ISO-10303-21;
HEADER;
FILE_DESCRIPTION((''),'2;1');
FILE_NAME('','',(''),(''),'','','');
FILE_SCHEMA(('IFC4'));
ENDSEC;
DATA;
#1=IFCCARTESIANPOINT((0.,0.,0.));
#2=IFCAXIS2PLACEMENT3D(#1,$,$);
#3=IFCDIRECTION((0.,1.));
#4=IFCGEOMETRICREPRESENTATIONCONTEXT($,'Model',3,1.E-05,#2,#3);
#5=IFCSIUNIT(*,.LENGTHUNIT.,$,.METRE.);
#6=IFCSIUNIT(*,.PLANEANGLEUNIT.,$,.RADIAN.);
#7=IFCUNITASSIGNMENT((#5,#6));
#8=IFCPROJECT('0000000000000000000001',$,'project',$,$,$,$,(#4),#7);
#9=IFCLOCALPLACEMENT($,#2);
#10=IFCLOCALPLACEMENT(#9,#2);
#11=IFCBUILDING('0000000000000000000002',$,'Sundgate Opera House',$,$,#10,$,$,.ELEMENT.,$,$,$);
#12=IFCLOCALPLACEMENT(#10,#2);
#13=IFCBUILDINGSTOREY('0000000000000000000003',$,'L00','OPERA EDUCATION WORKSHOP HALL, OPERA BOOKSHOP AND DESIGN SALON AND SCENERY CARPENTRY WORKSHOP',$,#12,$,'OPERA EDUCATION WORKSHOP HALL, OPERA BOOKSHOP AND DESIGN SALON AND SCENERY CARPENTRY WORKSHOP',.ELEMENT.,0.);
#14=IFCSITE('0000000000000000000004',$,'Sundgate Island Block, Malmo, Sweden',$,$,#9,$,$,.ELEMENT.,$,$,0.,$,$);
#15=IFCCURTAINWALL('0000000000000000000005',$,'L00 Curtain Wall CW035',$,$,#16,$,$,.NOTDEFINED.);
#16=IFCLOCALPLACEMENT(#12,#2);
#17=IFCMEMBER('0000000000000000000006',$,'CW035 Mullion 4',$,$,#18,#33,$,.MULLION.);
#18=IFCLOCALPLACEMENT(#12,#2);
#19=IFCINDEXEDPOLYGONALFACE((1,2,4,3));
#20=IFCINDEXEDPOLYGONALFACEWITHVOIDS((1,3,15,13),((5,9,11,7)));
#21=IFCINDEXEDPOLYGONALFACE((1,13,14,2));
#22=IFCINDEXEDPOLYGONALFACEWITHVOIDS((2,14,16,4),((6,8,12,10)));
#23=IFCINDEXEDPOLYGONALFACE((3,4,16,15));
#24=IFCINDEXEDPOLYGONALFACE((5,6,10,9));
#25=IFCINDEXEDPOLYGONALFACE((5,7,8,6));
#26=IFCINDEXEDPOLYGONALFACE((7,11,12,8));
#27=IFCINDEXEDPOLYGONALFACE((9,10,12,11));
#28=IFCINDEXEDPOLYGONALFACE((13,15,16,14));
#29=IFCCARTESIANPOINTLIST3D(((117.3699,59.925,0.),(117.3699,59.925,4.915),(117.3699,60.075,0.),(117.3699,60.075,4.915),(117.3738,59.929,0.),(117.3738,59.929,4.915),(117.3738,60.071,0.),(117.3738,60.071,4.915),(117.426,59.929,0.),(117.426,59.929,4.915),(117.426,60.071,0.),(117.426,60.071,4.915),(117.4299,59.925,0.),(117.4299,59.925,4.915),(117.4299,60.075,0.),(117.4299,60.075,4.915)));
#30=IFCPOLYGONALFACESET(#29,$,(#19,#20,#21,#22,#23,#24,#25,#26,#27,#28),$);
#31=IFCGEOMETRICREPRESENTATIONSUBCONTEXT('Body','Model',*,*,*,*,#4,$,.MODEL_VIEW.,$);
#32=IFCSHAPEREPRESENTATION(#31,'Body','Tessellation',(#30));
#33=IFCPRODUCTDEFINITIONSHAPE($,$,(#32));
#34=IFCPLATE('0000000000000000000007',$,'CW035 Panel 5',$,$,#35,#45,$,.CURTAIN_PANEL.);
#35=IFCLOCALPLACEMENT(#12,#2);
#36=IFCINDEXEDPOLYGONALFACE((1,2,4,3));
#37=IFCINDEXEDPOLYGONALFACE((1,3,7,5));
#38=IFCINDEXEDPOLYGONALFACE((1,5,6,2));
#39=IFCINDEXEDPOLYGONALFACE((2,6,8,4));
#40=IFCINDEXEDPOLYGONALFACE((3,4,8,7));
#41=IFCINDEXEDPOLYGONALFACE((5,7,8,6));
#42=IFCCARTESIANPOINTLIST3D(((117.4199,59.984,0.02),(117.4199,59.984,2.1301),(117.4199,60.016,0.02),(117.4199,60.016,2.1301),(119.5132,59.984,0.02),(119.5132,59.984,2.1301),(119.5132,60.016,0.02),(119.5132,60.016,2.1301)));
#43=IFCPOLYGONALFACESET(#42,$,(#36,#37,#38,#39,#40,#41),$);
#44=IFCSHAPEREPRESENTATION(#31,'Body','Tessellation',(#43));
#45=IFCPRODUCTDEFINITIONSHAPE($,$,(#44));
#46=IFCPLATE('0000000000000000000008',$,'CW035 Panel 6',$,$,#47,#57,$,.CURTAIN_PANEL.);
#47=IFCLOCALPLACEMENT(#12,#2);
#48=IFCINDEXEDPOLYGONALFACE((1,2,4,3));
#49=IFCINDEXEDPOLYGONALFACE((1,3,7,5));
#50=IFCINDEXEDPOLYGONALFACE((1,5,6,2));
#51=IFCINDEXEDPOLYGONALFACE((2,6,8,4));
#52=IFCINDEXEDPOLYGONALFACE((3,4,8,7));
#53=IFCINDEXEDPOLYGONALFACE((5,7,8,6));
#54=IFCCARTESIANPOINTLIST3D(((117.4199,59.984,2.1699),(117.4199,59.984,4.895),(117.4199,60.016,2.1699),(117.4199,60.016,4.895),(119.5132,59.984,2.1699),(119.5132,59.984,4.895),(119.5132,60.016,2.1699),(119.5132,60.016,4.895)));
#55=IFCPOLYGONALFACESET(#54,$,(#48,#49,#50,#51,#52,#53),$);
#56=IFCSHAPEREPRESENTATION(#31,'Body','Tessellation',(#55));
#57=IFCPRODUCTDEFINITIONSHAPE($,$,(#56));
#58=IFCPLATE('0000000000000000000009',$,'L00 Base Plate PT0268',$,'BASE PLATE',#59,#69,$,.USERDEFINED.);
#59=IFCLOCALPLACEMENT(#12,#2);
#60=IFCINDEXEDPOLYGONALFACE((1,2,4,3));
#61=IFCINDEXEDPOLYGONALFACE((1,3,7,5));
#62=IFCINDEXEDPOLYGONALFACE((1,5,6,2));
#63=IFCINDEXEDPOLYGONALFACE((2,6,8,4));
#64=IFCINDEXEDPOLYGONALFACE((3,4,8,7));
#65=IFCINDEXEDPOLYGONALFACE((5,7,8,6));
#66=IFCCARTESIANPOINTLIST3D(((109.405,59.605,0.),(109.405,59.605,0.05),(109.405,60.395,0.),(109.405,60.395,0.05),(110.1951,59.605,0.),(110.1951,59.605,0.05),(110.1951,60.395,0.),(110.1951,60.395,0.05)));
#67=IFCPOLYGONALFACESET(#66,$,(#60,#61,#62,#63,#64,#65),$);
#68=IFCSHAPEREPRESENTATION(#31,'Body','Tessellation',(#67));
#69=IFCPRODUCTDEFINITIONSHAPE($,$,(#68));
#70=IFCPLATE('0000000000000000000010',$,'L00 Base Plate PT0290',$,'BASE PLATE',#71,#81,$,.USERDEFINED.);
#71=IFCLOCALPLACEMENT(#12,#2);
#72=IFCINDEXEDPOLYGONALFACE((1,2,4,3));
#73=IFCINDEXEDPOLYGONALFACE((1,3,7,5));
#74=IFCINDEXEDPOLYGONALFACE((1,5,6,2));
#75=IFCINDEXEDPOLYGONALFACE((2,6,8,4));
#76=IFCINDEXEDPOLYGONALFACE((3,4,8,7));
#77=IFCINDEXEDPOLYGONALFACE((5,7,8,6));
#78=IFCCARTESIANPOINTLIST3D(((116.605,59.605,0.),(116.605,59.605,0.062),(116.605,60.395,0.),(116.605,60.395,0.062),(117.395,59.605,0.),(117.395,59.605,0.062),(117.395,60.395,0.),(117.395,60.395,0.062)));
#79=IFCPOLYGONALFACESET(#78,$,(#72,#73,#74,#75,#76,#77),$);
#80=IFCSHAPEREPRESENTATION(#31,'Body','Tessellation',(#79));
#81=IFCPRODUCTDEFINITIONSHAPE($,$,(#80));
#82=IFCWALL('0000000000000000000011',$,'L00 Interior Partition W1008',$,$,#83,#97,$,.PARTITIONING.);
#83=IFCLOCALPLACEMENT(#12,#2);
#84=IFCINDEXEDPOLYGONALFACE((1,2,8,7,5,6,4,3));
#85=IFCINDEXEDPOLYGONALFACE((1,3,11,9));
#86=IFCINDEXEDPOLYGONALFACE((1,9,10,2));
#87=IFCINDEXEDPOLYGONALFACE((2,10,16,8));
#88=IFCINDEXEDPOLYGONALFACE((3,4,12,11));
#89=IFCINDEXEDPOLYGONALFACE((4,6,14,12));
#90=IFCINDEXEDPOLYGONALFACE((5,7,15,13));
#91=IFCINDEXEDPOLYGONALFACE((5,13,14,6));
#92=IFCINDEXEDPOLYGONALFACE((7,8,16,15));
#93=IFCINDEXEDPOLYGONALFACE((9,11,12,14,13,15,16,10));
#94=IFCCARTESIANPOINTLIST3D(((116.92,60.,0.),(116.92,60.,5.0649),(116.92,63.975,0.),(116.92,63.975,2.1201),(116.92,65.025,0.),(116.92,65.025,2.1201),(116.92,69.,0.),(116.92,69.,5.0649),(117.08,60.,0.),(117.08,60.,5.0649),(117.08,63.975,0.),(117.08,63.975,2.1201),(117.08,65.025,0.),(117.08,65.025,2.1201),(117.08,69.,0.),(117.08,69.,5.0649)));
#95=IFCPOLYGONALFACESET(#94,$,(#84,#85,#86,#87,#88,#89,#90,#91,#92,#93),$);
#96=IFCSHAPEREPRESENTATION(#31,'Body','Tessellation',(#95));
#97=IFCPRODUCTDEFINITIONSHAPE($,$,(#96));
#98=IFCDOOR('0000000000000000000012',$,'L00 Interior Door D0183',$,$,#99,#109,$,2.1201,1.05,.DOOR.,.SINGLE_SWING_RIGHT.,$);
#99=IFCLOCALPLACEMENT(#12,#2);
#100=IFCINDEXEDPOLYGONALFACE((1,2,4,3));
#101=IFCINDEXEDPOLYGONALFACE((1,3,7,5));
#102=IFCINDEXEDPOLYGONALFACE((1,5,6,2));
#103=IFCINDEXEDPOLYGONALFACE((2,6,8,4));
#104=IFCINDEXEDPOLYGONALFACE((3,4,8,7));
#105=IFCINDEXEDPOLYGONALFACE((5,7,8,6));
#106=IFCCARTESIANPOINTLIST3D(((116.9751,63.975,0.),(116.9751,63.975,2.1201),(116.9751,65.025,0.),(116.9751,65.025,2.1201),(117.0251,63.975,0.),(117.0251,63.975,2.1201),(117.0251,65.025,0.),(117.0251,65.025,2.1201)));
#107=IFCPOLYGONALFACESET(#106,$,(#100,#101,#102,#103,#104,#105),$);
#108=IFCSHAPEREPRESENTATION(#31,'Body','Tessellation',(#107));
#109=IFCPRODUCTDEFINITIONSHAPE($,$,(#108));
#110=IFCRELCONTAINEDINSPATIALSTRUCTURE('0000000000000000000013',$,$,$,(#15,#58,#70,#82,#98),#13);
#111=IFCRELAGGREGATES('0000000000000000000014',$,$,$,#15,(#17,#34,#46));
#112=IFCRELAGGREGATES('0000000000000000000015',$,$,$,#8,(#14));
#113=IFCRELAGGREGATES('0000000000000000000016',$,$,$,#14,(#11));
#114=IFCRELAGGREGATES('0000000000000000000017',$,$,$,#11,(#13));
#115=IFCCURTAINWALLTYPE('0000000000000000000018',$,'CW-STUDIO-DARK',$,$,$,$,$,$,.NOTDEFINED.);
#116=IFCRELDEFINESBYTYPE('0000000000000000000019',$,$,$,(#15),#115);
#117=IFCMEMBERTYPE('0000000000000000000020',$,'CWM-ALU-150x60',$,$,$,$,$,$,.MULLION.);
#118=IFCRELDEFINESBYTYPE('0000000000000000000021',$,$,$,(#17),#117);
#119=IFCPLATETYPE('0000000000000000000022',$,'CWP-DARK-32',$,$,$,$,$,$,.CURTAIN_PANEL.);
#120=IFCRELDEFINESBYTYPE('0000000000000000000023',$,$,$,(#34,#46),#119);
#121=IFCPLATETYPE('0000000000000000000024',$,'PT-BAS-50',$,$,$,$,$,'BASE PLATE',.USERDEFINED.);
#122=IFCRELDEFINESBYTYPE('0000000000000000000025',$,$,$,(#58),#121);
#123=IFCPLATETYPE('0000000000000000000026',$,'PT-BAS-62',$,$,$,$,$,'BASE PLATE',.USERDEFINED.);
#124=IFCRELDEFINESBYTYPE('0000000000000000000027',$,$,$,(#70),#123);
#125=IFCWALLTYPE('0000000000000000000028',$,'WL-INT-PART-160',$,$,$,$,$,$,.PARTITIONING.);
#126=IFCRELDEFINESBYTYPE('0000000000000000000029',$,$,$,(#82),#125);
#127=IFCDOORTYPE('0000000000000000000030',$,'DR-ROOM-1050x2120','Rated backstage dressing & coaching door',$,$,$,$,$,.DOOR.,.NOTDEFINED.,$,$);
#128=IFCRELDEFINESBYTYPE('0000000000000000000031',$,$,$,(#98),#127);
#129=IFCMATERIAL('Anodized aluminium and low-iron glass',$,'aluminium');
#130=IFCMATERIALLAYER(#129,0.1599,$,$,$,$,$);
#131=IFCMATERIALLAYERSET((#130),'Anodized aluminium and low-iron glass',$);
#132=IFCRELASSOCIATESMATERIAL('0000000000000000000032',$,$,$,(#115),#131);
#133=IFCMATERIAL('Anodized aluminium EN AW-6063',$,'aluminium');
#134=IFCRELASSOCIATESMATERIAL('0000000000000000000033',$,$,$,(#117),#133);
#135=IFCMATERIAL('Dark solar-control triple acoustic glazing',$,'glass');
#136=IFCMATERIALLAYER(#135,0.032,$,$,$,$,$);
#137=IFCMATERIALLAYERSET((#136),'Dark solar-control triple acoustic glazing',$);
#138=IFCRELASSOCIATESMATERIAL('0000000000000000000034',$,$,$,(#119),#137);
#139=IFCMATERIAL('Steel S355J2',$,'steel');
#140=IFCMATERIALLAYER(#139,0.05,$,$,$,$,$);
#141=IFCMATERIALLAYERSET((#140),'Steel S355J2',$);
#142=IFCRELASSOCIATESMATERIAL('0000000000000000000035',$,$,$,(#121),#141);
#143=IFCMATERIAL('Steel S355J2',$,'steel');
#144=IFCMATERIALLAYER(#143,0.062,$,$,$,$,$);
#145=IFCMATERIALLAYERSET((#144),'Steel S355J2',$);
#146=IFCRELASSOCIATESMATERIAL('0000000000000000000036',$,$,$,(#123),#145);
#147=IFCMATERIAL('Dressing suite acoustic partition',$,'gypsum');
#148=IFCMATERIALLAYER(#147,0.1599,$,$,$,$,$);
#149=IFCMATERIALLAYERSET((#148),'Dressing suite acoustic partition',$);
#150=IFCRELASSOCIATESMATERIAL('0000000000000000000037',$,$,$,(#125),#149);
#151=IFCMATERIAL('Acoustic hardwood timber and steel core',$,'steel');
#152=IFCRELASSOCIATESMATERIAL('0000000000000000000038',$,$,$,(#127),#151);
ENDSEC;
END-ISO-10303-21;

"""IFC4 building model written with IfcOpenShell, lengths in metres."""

from ifc_helpers import new_model, si_unit, direction, frame, frame_2d, origin, origin_2d, place, context, subcontext, project, spatial, rectangle, hollow_rectangle, extrude, material, layer, layer_set, material_profile, profile_set, type_object, element, fill, aggregate, save


model = new_model("IFC4")

# Units and contexts
model_context = context("Model", 3, precision=1e-05, world=origin(), true_north=direction((0.0, 1.0)))
body_context = subcontext(model_context, "Body", "Model", "MODEL_VIEW")
ifc_project = project(units=[si_unit("LENGTHUNIT", "METRE"), si_unit("PLANEANGLEUNIT", "RADIAN")], contexts=[model_context])

# Site, building, storey
site_placement = place(None, origin())
site = spatial("IfcSite", under=ifc_project, at=site_placement, Name="Sundgate Island Block, Malmo, Sweden", CompositionType="ELEMENT", RefElevation=0.0)
building_placement = place(site_placement, origin())
building = spatial("IfcBuilding", under=site, at=building_placement, Name="Sundgate Opera House", CompositionType="ELEMENT")
storey_placement = place(building_placement, origin())
storey = spatial("IfcBuildingStorey", under=building, at=storey_placement, Name="L00", Description="OPERA EDUCATION WORKSHOP HALL, OPERA BOOKSHOP AND DESIGN SALON AND SCENERY CARPENTRY WORKSHOP", LongName="OPERA EDUCATION WORKSHOP HALL, OPERA BOOKSHOP AND DESIGN SALON AND SCENERY CARPENTRY WORKSHOP", CompositionType="ELEMENT", Elevation=0.0)

# Curtain wall, member, plates
ifc_material_1 = material(Name="Anodized aluminium and low-iron glass", Category="aluminium")
ifc_layer_1 = layer(ifc_material_1, 0.1599)
ifc_layer_set_1 = layer_set([ifc_layer_1], Name="Anodized aluminium and low-iron glass")
curtain_wall_type = type_object("IfcCurtainWallType", Name="CW-STUDIO-DARK", PredefinedType="NOTDEFINED", material=ifc_layer_set_1)
curtain_wall_placement = place(storey_placement, origin())
curtain_wall = element("IfcCurtainWall", 1, at=curtain_wall_placement, inside=storey, type_object=curtain_wall_type, Name="L00 Curtain Wall CW035", PredefinedType="NOTDEFINED")
ifc_material_2 = material(Name="Anodized aluminium EN AW-6063", Category="aluminium")
ifc_material_profile_1 = material_profile(ifc_material_2, hollow_rectangle(XDim=0.0601, YDim=0.1499, WallThickness=0.0039, at=origin_2d()), Name="CWM 150x60x4")
ifc_profile_set_1 = profile_set([ifc_material_profile_1], Name="Anodized aluminium EN AW-6063")
member_type = type_object("IfcMemberType", Name="CWM-ALU-150x60", PredefinedType="MULLION", material=ifc_profile_set_1)
member_placement = place(storey_placement, frame((117.3999, 60.0, 0.0), z_axis=(0.0, 0.0, 1.0), x_axis=(1.0, 0.0, 0.0)))
member = element("IfcMember", 2, at=member_placement, type_object=member_type, Name="CW035 Mullion 4", PredefinedType="MULLION", context=body_context, shape_type="SweptSolid", body=[
    extrude(hollow_rectangle(XDim=0.0601, YDim=0.1499, WallThickness=0.0039, at=origin_2d()), origin(), (0.0, 0.0, 1.0), 4.915),
])
ifc_material_3 = material(Name="Dark solar-control triple acoustic glazing", Category="glass")
ifc_layer_2 = layer(ifc_material_3, 0.032)
ifc_layer_set_2 = layer_set([ifc_layer_2], Name="Dark solar-control triple acoustic glazing")
plate_type_1 = type_object("IfcPlateType", Name="CWP-DARK-32", PredefinedType="CURTAIN_PANEL", material=ifc_layer_set_2)
plate_1_placement = place(storey_placement, frame((118.4666, 60.0, 0.02), z_axis=(0.0, 0.0, 1.0), x_axis=(-1.0, 0.0, 0.0)))
plate_1 = element("IfcPlate", 3, at=plate_1_placement, type_object=plate_type_1, Name="CW035 Panel 5", PredefinedType="CURTAIN_PANEL", context=body_context, shape_type="SweptSolid", body=[
    extrude(rectangle(XDim=2.0933, YDim=0.032, at=origin_2d()), origin(), (0.0, 0.0, 1.0), 2.1101),
])
plate_2_placement = place(storey_placement, frame((118.4666, 60.0, 2.1699), z_axis=(0.0, 0.0, 1.0), x_axis=(-1.0, 0.0, 0.0)))
plate_2 = element("IfcPlate", 4, at=plate_2_placement, type_object=plate_type_1, Name="CW035 Panel 6", PredefinedType="CURTAIN_PANEL", context=body_context, shape_type="SweptSolid", body=[
    extrude(rectangle(XDim=2.0933, YDim=0.032, at=origin_2d()), origin(), (0.0, 0.0, 1.0), 2.7251),
])
aggregate(curtain_wall, [member, plate_1, plate_2])

# Plates
ifc_material_4 = material(Name="Steel S355J2", Category="steel")
ifc_layer_3 = layer(ifc_material_4, 0.05)
ifc_layer_set_3 = layer_set([ifc_layer_3], Name="Steel S355J2")
plate_type_2 = type_object("IfcPlateType", Name="PT-BAS-50", ElementType="BASE PLATE", PredefinedType="USERDEFINED", material=ifc_layer_set_3)
plate_3_placement = place(storey_placement, frame((109.8, 60.0, 0.0), z_axis=(0.0, 0.0, 1.0), x_axis=(1.0, 0.0, 0.0)))
element("IfcPlate", 5, at=plate_3_placement, inside=storey, type_object=plate_type_2, Name="L00 Base Plate PT0268", ObjectType="BASE PLATE", PredefinedType="USERDEFINED", context=body_context, shape_type="SweptSolid", body=[
    extrude(rectangle(XDim=0.79, YDim=0.79, at=origin_2d()), origin(), (0.0, 0.0, 1.0), 0.05),
])
ifc_material_5 = material(Name="Steel S355J2", Category="steel")
ifc_layer_4 = layer(ifc_material_5, 0.062)
ifc_layer_set_4 = layer_set([ifc_layer_4], Name="Steel S355J2")
plate_type_3 = type_object("IfcPlateType", Name="PT-BAS-62", ElementType="BASE PLATE", PredefinedType="USERDEFINED", material=ifc_layer_set_4)
plate_4_placement = place(storey_placement, frame((117.0, 60.0, 0.0), z_axis=(0.0, 0.0, 1.0), x_axis=(1.0, 0.0, 0.0)))
element("IfcPlate", 6, at=plate_4_placement, inside=storey, type_object=plate_type_3, Name="L00 Base Plate PT0290", ObjectType="BASE PLATE", PredefinedType="USERDEFINED", context=body_context, shape_type="SweptSolid", body=[
    extrude(rectangle(XDim=0.79, YDim=0.79, at=origin_2d()), origin(), (0.0, 0.0, 1.0), 0.062),
])

# Wall, opening, door
ifc_material_6 = material(Name="Dressing suite acoustic partition", Category="gypsum")
ifc_layer_5 = layer(ifc_material_6, 0.1599)
ifc_layer_set_5 = layer_set([ifc_layer_5], Name="Dressing suite acoustic partition")
wall_type = type_object("IfcWallType", Name="WL-INT-PART-160", PredefinedType="PARTITIONING", material=ifc_layer_set_5)
wall_placement = place(storey_placement, frame((117.0, 60.0, 0.0), z_axis=(0.0, 0.0, 1.0), x_axis=(0.0, 1.0, 0.0)))
wall = element("IfcWall", 7, at=wall_placement, inside=storey, type_object=wall_type, Name="L00 Interior Partition W1008", PredefinedType="PARTITIONING", context=body_context, shape_type="SweptSolid", body=[
    extrude(rectangle(XDim=9.0, YDim=0.1599, at=frame_2d((4.5, 0.0))), origin(), (0.0, 0.0, 1.0), 5.0649),
])
opening_placement = place(wall_placement, frame((3.9751, 0.0, 0.0)))
opening = element("IfcOpeningElement", 8, at=opening_placement, cuts=wall, PredefinedType="OPENING", context=body_context, shape_type="SweptSolid", body=[
    extrude(rectangle(XDim=1.05, YDim=2.1201, at=frame_2d((0.5249, 1.0601))), frame((0.0, 0.0898, 0.0), z_axis=(0.0, -1.0, 0.0), x_axis=(1.0, 0.0, 0.0)), (0.0, 0.0, 1.0), 0.1799),
])
ifc_material_7 = material(Name="Acoustic hardwood timber and steel core", Category="steel")
door_type = type_object("IfcDoorType", Name="DR-ROOM-1050x2120", Description="Rated backstage dressing & coaching door", OperationType="NOTDEFINED", PredefinedType="DOOR", material=ifc_material_7)
door_placement = place(opening_placement, origin())
door = element("IfcDoor", 9, at=door_placement, inside=storey, type_object=door_type, Name="L00 Interior Door D0183", OperationType="SINGLE_SWING_RIGHT", OverallHeight=2.1201, OverallWidth=1.05, PredefinedType="DOOR", context=body_context, shape_type="SweptSolid", body=[
    extrude(rectangle(XDim=1.05, YDim=2.1201, at=frame_2d((0.5249, 1.0601))), frame((0.0, 0.0249, 0.0), z_axis=(0.0, -1.0, 0.0), x_axis=(1.0, 0.0, 0.0)), (0.0, 0.0, 1.0), 0.05),
])
fill(opening, door)

save(model, "model.ifc")
